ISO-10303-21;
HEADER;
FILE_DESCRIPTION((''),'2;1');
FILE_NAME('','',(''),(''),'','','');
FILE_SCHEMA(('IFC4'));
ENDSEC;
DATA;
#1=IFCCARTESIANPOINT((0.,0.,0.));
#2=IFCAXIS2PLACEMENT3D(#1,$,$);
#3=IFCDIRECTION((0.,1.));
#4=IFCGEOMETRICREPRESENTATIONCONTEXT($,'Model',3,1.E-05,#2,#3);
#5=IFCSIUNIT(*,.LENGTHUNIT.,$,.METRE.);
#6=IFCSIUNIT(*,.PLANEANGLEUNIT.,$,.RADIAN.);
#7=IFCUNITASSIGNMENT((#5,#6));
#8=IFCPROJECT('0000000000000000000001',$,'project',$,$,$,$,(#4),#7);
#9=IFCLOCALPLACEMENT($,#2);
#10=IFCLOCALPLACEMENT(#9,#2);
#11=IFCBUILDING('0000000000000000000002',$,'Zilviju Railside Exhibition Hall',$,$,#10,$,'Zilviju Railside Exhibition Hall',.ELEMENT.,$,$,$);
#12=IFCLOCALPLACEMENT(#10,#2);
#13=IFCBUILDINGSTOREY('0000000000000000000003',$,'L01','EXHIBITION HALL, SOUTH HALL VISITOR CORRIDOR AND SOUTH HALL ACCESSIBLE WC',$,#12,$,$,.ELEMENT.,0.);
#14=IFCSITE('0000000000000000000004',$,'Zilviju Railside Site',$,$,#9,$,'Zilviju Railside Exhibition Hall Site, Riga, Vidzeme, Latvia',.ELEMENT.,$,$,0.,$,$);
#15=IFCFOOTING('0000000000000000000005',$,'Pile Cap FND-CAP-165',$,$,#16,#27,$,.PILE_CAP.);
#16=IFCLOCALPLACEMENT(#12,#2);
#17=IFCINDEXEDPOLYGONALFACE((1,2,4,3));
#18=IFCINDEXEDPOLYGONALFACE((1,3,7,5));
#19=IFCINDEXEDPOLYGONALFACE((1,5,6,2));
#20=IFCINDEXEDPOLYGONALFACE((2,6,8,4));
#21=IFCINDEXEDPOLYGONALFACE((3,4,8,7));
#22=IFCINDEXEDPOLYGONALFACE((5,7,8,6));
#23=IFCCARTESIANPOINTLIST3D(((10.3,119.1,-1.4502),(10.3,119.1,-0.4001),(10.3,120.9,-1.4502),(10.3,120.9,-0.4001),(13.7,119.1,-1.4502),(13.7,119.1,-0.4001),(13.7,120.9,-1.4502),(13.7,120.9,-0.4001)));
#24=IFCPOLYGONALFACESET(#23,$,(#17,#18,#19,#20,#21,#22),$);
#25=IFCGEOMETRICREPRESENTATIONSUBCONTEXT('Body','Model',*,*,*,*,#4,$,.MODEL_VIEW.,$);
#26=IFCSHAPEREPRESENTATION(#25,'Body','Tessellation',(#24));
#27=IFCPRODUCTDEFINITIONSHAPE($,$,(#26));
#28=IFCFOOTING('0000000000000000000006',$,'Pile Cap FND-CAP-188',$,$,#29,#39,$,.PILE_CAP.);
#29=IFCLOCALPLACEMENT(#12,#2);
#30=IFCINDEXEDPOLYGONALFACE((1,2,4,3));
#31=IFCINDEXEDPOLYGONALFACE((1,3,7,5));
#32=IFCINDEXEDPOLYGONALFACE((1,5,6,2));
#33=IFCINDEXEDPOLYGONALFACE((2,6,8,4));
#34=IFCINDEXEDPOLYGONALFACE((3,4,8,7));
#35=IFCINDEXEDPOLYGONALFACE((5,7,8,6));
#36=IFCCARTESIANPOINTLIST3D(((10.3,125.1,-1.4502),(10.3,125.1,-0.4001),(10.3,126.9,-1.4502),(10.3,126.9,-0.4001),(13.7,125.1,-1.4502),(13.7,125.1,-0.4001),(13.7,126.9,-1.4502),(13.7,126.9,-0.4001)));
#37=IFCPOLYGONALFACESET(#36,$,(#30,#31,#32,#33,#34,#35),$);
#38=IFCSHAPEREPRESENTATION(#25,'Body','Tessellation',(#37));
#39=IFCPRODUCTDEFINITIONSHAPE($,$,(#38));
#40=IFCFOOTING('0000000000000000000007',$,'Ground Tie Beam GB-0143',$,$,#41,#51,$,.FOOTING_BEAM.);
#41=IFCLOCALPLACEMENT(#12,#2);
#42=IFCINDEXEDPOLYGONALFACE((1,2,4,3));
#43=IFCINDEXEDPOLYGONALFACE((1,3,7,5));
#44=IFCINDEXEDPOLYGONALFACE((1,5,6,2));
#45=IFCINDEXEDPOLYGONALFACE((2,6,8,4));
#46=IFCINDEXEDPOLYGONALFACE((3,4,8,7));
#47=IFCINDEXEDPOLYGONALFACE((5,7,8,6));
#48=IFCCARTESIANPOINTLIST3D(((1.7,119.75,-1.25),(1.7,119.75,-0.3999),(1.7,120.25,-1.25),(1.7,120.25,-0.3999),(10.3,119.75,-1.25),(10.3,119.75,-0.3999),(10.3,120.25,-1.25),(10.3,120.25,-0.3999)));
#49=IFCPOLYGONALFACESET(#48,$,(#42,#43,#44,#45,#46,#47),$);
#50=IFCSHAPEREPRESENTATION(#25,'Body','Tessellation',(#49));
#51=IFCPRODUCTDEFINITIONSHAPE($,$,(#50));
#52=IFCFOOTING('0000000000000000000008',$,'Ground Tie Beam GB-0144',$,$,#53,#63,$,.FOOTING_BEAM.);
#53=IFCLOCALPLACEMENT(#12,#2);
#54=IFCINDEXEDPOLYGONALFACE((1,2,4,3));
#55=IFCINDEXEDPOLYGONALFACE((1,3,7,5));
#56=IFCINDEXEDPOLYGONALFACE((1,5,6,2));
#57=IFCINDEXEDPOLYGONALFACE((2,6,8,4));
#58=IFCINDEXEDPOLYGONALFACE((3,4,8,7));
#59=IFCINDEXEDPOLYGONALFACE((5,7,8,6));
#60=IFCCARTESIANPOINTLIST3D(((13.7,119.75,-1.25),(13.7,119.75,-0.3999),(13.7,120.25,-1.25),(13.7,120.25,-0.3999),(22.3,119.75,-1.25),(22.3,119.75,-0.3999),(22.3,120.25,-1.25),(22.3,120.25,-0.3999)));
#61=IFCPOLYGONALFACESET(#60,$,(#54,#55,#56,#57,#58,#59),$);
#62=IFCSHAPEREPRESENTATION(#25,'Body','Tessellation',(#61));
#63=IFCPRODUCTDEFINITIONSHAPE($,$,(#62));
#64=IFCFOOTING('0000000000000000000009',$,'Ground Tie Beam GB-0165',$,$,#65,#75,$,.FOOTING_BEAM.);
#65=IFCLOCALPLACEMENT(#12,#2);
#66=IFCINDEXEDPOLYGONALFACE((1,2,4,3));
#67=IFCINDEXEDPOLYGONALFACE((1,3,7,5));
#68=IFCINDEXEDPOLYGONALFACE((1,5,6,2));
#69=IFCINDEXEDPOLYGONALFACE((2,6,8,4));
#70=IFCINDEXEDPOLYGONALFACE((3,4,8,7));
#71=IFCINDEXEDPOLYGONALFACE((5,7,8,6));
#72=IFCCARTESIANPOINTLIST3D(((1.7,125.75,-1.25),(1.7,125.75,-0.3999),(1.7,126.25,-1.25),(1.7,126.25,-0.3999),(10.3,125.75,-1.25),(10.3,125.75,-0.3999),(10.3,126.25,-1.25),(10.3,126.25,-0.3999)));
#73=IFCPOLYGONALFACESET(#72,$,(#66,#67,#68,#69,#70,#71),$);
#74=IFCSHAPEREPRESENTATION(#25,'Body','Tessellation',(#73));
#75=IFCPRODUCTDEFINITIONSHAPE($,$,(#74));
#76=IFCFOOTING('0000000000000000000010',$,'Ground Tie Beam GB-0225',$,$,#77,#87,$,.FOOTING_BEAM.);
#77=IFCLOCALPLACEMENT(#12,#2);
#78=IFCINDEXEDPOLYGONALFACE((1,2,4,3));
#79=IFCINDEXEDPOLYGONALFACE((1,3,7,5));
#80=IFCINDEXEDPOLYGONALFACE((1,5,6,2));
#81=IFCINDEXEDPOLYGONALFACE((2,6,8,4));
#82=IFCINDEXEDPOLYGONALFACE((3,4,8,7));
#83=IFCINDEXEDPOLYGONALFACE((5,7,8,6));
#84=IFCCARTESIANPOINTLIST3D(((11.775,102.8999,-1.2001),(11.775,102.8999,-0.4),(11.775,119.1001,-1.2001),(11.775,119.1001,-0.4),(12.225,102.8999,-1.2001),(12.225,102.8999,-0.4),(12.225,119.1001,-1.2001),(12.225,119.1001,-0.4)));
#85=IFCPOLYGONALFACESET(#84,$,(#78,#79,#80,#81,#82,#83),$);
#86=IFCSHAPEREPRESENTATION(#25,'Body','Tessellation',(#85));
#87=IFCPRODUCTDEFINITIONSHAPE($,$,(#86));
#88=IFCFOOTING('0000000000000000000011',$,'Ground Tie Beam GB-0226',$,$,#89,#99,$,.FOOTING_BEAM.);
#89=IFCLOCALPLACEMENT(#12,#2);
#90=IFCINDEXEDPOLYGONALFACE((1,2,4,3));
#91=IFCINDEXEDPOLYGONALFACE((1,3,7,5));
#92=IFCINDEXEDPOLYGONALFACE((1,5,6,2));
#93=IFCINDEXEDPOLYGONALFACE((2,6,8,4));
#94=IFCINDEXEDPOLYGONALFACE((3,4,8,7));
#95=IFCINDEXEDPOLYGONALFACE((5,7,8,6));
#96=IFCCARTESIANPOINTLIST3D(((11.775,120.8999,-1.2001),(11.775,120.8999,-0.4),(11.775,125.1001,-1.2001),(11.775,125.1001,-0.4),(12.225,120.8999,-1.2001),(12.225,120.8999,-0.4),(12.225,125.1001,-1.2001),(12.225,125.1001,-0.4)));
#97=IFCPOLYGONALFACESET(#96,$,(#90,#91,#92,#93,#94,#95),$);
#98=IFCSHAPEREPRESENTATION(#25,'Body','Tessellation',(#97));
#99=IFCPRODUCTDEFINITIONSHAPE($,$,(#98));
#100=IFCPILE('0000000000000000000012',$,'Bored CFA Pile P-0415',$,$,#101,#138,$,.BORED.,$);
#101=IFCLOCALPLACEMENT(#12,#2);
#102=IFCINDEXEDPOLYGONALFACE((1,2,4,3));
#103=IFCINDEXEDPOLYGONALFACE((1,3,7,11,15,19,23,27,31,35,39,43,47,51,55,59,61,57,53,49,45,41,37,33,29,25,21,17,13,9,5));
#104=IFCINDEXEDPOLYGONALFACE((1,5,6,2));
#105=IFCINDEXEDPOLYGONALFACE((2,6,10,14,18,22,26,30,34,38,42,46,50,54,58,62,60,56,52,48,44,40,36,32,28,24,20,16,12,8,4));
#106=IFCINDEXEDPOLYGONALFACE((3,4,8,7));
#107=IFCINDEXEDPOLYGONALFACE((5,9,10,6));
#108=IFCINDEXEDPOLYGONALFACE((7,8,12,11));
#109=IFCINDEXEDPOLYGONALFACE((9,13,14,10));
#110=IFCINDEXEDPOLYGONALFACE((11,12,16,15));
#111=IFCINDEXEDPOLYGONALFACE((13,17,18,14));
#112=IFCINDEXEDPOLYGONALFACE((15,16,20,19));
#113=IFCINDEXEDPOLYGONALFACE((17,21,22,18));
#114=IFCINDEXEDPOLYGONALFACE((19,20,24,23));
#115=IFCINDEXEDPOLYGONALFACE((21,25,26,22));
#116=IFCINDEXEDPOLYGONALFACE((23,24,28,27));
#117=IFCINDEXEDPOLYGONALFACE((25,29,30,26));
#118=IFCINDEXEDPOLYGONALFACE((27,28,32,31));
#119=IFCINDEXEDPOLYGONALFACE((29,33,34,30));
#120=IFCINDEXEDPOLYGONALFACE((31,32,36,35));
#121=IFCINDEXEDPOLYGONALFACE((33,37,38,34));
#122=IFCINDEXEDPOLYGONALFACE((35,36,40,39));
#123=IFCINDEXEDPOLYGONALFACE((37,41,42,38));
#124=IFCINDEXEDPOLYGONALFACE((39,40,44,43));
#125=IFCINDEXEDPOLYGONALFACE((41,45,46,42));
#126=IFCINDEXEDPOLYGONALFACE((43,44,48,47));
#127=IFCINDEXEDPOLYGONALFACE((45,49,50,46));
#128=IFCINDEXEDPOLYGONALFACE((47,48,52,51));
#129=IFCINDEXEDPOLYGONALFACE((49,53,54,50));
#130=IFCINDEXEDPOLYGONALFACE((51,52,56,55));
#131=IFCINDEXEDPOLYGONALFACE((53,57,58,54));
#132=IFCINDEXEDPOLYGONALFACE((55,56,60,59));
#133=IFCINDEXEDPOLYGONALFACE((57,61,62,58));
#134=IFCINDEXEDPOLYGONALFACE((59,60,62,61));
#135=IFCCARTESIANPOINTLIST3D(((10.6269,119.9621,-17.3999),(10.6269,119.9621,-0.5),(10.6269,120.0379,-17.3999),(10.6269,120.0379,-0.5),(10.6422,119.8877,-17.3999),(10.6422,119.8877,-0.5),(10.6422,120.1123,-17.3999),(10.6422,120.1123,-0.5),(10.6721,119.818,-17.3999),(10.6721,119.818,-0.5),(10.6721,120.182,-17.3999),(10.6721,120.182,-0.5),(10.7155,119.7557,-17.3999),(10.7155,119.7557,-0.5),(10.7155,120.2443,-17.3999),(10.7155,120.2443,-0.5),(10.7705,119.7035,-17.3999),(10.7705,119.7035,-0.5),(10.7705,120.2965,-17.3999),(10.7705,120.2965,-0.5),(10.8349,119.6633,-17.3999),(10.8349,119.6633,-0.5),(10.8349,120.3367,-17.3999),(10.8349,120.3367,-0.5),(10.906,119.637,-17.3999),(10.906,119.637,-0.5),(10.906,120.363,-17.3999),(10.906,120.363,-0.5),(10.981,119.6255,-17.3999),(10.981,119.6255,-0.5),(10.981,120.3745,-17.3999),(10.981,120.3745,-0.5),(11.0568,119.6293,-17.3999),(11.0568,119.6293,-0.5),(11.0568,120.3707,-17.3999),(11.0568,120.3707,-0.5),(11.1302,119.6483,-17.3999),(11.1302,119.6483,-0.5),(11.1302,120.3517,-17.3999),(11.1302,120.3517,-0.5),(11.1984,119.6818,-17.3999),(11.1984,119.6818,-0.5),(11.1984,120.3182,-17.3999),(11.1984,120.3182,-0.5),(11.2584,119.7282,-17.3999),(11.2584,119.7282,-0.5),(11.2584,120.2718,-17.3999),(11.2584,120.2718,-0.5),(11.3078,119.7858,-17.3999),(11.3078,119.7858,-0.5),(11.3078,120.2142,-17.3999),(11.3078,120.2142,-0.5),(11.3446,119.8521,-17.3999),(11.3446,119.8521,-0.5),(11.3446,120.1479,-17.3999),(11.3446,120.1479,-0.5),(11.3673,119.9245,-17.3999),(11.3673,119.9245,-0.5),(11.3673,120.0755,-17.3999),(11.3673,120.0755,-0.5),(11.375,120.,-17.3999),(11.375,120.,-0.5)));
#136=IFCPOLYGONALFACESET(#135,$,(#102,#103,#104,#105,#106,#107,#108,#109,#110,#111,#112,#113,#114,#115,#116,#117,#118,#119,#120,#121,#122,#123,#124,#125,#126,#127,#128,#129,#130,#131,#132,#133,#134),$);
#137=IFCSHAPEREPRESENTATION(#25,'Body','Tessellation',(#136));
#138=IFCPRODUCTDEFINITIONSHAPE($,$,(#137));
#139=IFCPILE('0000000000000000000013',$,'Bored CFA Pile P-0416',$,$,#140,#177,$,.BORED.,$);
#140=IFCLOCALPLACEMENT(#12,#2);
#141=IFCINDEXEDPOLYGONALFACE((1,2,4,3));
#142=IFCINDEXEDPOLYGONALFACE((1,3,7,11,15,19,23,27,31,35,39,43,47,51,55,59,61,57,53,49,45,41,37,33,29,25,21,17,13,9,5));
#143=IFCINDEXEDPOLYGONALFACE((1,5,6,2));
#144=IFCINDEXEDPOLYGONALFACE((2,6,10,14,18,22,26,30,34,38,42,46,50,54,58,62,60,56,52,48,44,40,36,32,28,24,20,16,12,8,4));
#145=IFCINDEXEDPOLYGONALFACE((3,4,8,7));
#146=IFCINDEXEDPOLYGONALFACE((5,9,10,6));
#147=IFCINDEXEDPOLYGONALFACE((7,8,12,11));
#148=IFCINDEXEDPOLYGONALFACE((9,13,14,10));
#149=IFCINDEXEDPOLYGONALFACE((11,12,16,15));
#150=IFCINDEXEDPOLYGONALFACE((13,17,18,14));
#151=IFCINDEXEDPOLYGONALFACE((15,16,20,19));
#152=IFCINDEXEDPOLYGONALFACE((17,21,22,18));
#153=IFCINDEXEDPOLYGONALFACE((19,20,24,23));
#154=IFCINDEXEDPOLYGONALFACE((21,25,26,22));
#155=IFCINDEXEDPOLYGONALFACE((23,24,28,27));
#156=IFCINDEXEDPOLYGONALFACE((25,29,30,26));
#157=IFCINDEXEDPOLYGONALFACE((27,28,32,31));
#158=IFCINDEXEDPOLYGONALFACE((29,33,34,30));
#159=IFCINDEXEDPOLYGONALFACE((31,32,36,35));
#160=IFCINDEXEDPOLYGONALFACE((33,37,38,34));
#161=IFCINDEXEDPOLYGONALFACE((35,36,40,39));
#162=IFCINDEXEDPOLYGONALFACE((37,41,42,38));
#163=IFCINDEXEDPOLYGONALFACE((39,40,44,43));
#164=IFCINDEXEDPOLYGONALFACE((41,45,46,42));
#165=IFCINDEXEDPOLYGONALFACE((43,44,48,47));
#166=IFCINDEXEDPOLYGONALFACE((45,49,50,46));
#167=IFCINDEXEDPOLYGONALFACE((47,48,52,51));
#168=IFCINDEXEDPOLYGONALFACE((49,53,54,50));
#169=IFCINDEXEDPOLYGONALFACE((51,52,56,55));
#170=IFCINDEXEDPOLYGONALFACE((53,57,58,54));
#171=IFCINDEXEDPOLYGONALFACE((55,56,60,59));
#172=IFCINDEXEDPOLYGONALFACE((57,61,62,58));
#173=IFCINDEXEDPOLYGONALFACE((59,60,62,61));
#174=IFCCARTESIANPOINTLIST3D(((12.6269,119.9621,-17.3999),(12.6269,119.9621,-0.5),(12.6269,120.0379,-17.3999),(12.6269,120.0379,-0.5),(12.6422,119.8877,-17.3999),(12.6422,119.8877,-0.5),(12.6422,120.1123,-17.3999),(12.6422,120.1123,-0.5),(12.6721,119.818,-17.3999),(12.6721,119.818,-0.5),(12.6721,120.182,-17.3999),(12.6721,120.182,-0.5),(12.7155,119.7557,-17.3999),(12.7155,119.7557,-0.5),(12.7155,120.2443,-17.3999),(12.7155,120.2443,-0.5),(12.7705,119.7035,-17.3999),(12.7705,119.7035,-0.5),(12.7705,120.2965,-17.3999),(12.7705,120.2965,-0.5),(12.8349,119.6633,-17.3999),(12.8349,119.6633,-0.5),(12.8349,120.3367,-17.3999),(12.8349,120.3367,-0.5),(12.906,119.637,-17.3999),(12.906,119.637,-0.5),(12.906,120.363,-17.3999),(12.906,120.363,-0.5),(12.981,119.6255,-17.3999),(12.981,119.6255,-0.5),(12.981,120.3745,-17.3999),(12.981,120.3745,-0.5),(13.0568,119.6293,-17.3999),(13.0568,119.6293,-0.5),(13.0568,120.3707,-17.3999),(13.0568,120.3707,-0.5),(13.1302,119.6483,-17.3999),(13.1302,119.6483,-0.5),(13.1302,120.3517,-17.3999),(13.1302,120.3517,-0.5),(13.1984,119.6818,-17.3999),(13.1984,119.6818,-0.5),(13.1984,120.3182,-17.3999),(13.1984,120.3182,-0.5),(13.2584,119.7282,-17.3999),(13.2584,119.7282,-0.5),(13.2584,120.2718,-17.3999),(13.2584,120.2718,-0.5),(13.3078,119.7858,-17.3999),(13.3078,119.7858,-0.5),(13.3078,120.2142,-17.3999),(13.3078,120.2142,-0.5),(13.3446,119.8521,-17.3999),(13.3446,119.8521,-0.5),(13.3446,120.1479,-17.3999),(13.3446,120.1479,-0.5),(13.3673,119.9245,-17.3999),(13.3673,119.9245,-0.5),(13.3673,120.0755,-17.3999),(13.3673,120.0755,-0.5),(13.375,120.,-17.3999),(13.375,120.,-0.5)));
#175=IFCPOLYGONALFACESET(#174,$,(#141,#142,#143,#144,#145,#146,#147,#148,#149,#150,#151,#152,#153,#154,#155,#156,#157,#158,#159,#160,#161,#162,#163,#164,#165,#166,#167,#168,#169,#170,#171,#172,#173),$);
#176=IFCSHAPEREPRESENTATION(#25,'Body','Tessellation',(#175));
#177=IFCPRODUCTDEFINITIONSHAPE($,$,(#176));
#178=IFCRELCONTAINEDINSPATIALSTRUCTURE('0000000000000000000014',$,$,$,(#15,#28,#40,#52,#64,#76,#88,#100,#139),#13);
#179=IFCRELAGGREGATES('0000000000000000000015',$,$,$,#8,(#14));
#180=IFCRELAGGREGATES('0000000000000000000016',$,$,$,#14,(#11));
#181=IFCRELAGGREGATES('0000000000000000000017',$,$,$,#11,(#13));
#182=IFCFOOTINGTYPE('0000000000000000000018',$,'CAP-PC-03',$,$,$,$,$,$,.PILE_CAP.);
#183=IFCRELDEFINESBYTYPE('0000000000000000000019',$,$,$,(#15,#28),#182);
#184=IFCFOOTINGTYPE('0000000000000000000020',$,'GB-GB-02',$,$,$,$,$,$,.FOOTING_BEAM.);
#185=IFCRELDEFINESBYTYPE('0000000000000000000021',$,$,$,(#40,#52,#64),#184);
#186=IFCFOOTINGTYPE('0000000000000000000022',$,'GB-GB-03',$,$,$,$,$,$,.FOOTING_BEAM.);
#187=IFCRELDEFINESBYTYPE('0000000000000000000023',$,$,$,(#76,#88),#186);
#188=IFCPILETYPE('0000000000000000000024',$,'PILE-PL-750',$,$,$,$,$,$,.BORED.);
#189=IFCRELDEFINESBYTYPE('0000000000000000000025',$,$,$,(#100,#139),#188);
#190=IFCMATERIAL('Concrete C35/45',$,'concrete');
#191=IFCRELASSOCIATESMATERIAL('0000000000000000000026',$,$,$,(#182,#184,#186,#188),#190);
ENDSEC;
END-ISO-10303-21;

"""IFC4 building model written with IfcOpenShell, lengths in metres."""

from ifc_helpers import new_model, si_unit, direction, frame, origin, origin_2d, place, context, subcontext, project, spatial, rectangle, circle, extrude, material, material_profile, profile_set, type_object, element, save


model = new_model("IFC4")

# Units and contexts
model_context = context("Model", 3, precision=1e-05, world=origin(), true_north=direction((0.0, 1.0)))
body_context = subcontext(model_context, "Body", "Model", "MODEL_VIEW")
ifc_project = project(units=[si_unit("LENGTHUNIT", "METRE"), si_unit("PLANEANGLEUNIT", "RADIAN")], contexts=[model_context])

# Site, building, storey
site_placement = place(None, origin())
site = spatial("IfcSite", under=ifc_project, at=site_placement, Name="Zilviju Railside Site", LongName="Zilviju Railside Exhibition Hall Site, Riga, Vidzeme, Latvia", CompositionType="ELEMENT", RefElevation=0.0)
building_placement = place(site_placement, origin())
building = spatial("IfcBuilding", under=site, at=building_placement, Name="Zilviju Railside Exhibition Hall", LongName="Zilviju Railside Exhibition Hall", CompositionType="ELEMENT")
storey_placement = place(building_placement, origin())
storey = spatial("IfcBuildingStorey", under=building, at=storey_placement, Name="L01", Description="EXHIBITION HALL, SOUTH HALL VISITOR CORRIDOR AND SOUTH HALL ACCESSIBLE WC", CompositionType="ELEMENT", Elevation=0.0)

# Footings
ifc_material_1 = material(Name="Concrete C35/45", Category="concrete")
footing_type_1 = type_object("IfcFootingType", Name="CAP-PC-03", PredefinedType="PILE_CAP", material=ifc_material_1)
for number, where, z_axis, x_axis, name in (
    (1, (12.0, 120.0, -1.4502), (0.0, 0.0, 1.0), (1.0, 0.0, 0.0), "Pile Cap FND-CAP-165"),
    (2, (12.0, 126.0, -1.4502), (0.0, 0.0, 1.0), (1.0, 0.0, 0.0), "Pile Cap FND-CAP-188"),
):
    element("IfcFooting", number, at=place(storey_placement, frame(where, z_axis=z_axis, x_axis=x_axis)), inside=storey, type_object=footing_type_1, Name=name, PredefinedType="PILE_CAP", context=body_context, shape_type="SweptSolid", body=[
        extrude(rectangle(XDim=3.3999, YDim=1.8, at=origin_2d()), origin(), (0.0, 0.0, 1.0), 1.05),
    ])
ifc_material_profile_1 = material_profile(ifc_material_1, rectangle(XDim=0.5, YDim=0.8501, at=origin_2d()), Name="TIE BEAM 500x850")
ifc_profile_set_1 = profile_set([ifc_material_profile_1], Name="Concrete C35/45")
footing_type_2 = type_object("IfcFootingType", Name="GB-GB-02", PredefinedType="FOOTING_BEAM", material=ifc_profile_set_1)
for number, where, z_axis, x_axis, name in (
    (3, (1.7, 120.0, -0.825), (1.0, 0.0, 0.0), (0.0, 1.0, 0.0), "Ground Tie Beam GB-0143"),
    (4, (13.7, 120.0, -0.825), (1.0, 0.0, 0.0), (0.0, 1.0, 0.0), "Ground Tie Beam GB-0144"),
    (5, (1.7, 126.0, -0.825), (1.0, 0.0, 0.0), (0.0, 1.0, 0.0), "Ground Tie Beam GB-0165"),
):
    element("IfcFooting", number, at=place(storey_placement, frame(where, z_axis=z_axis, x_axis=x_axis)), inside=storey, type_object=footing_type_2, Name=name, PredefinedType="FOOTING_BEAM", context=body_context, shape_type="SweptSolid", body=[
        extrude(rectangle(XDim=0.5, YDim=0.8501, at=origin_2d()), origin(), (0.0, 0.0, 1.0), 8.6001),
    ])
ifc_material_profile_2 = material_profile(ifc_material_1, rectangle(XDim=0.45, YDim=0.8, at=origin_2d()), Name="TIE BEAM 450x800")
ifc_profile_set_2 = profile_set([ifc_material_profile_2], Name="Concrete C35/45")
footing_type_3 = type_object("IfcFootingType", Name="GB-GB-03", PredefinedType="FOOTING_BEAM", material=ifc_profile_set_2)
footing_1_placement = place(storey_placement, frame((12.0, 102.8999, -0.8), z_axis=(0.0, 1.0, 0.0), x_axis=(-1.0, 0.0, 0.0)))
element("IfcFooting", 6, at=footing_1_placement, inside=storey, type_object=footing_type_3, Name="Ground Tie Beam GB-0225", PredefinedType="FOOTING_BEAM", context=body_context, shape_type="SweptSolid", body=[
    extrude(rectangle(XDim=0.45, YDim=0.8, at=origin_2d()), origin(), (0.0, 0.0, 1.0), 16.2002),
])
footing_2_placement = place(storey_placement, frame((12.0, 120.8999, -0.8), z_axis=(0.0, 1.0, 0.0), x_axis=(-1.0, 0.0, 0.0)))
element("IfcFooting", 7, at=footing_2_placement, inside=storey, type_object=footing_type_3, Name="Ground Tie Beam GB-0226", PredefinedType="FOOTING_BEAM", context=body_context, shape_type="SweptSolid", body=[
    extrude(rectangle(XDim=0.45, YDim=0.8, at=origin_2d()), origin(), (0.0, 0.0, 1.0), 4.2002),
])

# Piles
ifc_material_profile_3 = material_profile(ifc_material_1, circle(Radius=0.375, at=origin_2d()), Name="CFA PILE D750")
ifc_profile_set_3 = profile_set([ifc_material_profile_3], Name="Concrete C35/45")
pile_type = type_object("IfcPileType", Name="PILE-PL-750", PredefinedType="BORED", material=ifc_profile_set_3)
for number, where, z_axis, x_axis, name in (
    (8, (11.0, 120.0, -0.5), (0.0, 0.0, -1.0), (1.0, 0.0, 0.0), "Bored CFA Pile P-0415"),
    (9, (13.0, 120.0, -0.5), (0.0, 0.0, -1.0), (1.0, 0.0, 0.0), "Bored CFA Pile P-0416"),
):
    element("IfcPile", number, at=place(storey_placement, frame(where, z_axis=z_axis, x_axis=x_axis)), inside=storey, type_object=pile_type, Name=name, PredefinedType="BORED", context=body_context, shape_type="SweptSolid", body=[
        extrude(circle(Radius=0.375, at=origin_2d()), origin(), (0.0, 0.0, 1.0), 16.8999),
    ])

save(model, "model.ifc")
